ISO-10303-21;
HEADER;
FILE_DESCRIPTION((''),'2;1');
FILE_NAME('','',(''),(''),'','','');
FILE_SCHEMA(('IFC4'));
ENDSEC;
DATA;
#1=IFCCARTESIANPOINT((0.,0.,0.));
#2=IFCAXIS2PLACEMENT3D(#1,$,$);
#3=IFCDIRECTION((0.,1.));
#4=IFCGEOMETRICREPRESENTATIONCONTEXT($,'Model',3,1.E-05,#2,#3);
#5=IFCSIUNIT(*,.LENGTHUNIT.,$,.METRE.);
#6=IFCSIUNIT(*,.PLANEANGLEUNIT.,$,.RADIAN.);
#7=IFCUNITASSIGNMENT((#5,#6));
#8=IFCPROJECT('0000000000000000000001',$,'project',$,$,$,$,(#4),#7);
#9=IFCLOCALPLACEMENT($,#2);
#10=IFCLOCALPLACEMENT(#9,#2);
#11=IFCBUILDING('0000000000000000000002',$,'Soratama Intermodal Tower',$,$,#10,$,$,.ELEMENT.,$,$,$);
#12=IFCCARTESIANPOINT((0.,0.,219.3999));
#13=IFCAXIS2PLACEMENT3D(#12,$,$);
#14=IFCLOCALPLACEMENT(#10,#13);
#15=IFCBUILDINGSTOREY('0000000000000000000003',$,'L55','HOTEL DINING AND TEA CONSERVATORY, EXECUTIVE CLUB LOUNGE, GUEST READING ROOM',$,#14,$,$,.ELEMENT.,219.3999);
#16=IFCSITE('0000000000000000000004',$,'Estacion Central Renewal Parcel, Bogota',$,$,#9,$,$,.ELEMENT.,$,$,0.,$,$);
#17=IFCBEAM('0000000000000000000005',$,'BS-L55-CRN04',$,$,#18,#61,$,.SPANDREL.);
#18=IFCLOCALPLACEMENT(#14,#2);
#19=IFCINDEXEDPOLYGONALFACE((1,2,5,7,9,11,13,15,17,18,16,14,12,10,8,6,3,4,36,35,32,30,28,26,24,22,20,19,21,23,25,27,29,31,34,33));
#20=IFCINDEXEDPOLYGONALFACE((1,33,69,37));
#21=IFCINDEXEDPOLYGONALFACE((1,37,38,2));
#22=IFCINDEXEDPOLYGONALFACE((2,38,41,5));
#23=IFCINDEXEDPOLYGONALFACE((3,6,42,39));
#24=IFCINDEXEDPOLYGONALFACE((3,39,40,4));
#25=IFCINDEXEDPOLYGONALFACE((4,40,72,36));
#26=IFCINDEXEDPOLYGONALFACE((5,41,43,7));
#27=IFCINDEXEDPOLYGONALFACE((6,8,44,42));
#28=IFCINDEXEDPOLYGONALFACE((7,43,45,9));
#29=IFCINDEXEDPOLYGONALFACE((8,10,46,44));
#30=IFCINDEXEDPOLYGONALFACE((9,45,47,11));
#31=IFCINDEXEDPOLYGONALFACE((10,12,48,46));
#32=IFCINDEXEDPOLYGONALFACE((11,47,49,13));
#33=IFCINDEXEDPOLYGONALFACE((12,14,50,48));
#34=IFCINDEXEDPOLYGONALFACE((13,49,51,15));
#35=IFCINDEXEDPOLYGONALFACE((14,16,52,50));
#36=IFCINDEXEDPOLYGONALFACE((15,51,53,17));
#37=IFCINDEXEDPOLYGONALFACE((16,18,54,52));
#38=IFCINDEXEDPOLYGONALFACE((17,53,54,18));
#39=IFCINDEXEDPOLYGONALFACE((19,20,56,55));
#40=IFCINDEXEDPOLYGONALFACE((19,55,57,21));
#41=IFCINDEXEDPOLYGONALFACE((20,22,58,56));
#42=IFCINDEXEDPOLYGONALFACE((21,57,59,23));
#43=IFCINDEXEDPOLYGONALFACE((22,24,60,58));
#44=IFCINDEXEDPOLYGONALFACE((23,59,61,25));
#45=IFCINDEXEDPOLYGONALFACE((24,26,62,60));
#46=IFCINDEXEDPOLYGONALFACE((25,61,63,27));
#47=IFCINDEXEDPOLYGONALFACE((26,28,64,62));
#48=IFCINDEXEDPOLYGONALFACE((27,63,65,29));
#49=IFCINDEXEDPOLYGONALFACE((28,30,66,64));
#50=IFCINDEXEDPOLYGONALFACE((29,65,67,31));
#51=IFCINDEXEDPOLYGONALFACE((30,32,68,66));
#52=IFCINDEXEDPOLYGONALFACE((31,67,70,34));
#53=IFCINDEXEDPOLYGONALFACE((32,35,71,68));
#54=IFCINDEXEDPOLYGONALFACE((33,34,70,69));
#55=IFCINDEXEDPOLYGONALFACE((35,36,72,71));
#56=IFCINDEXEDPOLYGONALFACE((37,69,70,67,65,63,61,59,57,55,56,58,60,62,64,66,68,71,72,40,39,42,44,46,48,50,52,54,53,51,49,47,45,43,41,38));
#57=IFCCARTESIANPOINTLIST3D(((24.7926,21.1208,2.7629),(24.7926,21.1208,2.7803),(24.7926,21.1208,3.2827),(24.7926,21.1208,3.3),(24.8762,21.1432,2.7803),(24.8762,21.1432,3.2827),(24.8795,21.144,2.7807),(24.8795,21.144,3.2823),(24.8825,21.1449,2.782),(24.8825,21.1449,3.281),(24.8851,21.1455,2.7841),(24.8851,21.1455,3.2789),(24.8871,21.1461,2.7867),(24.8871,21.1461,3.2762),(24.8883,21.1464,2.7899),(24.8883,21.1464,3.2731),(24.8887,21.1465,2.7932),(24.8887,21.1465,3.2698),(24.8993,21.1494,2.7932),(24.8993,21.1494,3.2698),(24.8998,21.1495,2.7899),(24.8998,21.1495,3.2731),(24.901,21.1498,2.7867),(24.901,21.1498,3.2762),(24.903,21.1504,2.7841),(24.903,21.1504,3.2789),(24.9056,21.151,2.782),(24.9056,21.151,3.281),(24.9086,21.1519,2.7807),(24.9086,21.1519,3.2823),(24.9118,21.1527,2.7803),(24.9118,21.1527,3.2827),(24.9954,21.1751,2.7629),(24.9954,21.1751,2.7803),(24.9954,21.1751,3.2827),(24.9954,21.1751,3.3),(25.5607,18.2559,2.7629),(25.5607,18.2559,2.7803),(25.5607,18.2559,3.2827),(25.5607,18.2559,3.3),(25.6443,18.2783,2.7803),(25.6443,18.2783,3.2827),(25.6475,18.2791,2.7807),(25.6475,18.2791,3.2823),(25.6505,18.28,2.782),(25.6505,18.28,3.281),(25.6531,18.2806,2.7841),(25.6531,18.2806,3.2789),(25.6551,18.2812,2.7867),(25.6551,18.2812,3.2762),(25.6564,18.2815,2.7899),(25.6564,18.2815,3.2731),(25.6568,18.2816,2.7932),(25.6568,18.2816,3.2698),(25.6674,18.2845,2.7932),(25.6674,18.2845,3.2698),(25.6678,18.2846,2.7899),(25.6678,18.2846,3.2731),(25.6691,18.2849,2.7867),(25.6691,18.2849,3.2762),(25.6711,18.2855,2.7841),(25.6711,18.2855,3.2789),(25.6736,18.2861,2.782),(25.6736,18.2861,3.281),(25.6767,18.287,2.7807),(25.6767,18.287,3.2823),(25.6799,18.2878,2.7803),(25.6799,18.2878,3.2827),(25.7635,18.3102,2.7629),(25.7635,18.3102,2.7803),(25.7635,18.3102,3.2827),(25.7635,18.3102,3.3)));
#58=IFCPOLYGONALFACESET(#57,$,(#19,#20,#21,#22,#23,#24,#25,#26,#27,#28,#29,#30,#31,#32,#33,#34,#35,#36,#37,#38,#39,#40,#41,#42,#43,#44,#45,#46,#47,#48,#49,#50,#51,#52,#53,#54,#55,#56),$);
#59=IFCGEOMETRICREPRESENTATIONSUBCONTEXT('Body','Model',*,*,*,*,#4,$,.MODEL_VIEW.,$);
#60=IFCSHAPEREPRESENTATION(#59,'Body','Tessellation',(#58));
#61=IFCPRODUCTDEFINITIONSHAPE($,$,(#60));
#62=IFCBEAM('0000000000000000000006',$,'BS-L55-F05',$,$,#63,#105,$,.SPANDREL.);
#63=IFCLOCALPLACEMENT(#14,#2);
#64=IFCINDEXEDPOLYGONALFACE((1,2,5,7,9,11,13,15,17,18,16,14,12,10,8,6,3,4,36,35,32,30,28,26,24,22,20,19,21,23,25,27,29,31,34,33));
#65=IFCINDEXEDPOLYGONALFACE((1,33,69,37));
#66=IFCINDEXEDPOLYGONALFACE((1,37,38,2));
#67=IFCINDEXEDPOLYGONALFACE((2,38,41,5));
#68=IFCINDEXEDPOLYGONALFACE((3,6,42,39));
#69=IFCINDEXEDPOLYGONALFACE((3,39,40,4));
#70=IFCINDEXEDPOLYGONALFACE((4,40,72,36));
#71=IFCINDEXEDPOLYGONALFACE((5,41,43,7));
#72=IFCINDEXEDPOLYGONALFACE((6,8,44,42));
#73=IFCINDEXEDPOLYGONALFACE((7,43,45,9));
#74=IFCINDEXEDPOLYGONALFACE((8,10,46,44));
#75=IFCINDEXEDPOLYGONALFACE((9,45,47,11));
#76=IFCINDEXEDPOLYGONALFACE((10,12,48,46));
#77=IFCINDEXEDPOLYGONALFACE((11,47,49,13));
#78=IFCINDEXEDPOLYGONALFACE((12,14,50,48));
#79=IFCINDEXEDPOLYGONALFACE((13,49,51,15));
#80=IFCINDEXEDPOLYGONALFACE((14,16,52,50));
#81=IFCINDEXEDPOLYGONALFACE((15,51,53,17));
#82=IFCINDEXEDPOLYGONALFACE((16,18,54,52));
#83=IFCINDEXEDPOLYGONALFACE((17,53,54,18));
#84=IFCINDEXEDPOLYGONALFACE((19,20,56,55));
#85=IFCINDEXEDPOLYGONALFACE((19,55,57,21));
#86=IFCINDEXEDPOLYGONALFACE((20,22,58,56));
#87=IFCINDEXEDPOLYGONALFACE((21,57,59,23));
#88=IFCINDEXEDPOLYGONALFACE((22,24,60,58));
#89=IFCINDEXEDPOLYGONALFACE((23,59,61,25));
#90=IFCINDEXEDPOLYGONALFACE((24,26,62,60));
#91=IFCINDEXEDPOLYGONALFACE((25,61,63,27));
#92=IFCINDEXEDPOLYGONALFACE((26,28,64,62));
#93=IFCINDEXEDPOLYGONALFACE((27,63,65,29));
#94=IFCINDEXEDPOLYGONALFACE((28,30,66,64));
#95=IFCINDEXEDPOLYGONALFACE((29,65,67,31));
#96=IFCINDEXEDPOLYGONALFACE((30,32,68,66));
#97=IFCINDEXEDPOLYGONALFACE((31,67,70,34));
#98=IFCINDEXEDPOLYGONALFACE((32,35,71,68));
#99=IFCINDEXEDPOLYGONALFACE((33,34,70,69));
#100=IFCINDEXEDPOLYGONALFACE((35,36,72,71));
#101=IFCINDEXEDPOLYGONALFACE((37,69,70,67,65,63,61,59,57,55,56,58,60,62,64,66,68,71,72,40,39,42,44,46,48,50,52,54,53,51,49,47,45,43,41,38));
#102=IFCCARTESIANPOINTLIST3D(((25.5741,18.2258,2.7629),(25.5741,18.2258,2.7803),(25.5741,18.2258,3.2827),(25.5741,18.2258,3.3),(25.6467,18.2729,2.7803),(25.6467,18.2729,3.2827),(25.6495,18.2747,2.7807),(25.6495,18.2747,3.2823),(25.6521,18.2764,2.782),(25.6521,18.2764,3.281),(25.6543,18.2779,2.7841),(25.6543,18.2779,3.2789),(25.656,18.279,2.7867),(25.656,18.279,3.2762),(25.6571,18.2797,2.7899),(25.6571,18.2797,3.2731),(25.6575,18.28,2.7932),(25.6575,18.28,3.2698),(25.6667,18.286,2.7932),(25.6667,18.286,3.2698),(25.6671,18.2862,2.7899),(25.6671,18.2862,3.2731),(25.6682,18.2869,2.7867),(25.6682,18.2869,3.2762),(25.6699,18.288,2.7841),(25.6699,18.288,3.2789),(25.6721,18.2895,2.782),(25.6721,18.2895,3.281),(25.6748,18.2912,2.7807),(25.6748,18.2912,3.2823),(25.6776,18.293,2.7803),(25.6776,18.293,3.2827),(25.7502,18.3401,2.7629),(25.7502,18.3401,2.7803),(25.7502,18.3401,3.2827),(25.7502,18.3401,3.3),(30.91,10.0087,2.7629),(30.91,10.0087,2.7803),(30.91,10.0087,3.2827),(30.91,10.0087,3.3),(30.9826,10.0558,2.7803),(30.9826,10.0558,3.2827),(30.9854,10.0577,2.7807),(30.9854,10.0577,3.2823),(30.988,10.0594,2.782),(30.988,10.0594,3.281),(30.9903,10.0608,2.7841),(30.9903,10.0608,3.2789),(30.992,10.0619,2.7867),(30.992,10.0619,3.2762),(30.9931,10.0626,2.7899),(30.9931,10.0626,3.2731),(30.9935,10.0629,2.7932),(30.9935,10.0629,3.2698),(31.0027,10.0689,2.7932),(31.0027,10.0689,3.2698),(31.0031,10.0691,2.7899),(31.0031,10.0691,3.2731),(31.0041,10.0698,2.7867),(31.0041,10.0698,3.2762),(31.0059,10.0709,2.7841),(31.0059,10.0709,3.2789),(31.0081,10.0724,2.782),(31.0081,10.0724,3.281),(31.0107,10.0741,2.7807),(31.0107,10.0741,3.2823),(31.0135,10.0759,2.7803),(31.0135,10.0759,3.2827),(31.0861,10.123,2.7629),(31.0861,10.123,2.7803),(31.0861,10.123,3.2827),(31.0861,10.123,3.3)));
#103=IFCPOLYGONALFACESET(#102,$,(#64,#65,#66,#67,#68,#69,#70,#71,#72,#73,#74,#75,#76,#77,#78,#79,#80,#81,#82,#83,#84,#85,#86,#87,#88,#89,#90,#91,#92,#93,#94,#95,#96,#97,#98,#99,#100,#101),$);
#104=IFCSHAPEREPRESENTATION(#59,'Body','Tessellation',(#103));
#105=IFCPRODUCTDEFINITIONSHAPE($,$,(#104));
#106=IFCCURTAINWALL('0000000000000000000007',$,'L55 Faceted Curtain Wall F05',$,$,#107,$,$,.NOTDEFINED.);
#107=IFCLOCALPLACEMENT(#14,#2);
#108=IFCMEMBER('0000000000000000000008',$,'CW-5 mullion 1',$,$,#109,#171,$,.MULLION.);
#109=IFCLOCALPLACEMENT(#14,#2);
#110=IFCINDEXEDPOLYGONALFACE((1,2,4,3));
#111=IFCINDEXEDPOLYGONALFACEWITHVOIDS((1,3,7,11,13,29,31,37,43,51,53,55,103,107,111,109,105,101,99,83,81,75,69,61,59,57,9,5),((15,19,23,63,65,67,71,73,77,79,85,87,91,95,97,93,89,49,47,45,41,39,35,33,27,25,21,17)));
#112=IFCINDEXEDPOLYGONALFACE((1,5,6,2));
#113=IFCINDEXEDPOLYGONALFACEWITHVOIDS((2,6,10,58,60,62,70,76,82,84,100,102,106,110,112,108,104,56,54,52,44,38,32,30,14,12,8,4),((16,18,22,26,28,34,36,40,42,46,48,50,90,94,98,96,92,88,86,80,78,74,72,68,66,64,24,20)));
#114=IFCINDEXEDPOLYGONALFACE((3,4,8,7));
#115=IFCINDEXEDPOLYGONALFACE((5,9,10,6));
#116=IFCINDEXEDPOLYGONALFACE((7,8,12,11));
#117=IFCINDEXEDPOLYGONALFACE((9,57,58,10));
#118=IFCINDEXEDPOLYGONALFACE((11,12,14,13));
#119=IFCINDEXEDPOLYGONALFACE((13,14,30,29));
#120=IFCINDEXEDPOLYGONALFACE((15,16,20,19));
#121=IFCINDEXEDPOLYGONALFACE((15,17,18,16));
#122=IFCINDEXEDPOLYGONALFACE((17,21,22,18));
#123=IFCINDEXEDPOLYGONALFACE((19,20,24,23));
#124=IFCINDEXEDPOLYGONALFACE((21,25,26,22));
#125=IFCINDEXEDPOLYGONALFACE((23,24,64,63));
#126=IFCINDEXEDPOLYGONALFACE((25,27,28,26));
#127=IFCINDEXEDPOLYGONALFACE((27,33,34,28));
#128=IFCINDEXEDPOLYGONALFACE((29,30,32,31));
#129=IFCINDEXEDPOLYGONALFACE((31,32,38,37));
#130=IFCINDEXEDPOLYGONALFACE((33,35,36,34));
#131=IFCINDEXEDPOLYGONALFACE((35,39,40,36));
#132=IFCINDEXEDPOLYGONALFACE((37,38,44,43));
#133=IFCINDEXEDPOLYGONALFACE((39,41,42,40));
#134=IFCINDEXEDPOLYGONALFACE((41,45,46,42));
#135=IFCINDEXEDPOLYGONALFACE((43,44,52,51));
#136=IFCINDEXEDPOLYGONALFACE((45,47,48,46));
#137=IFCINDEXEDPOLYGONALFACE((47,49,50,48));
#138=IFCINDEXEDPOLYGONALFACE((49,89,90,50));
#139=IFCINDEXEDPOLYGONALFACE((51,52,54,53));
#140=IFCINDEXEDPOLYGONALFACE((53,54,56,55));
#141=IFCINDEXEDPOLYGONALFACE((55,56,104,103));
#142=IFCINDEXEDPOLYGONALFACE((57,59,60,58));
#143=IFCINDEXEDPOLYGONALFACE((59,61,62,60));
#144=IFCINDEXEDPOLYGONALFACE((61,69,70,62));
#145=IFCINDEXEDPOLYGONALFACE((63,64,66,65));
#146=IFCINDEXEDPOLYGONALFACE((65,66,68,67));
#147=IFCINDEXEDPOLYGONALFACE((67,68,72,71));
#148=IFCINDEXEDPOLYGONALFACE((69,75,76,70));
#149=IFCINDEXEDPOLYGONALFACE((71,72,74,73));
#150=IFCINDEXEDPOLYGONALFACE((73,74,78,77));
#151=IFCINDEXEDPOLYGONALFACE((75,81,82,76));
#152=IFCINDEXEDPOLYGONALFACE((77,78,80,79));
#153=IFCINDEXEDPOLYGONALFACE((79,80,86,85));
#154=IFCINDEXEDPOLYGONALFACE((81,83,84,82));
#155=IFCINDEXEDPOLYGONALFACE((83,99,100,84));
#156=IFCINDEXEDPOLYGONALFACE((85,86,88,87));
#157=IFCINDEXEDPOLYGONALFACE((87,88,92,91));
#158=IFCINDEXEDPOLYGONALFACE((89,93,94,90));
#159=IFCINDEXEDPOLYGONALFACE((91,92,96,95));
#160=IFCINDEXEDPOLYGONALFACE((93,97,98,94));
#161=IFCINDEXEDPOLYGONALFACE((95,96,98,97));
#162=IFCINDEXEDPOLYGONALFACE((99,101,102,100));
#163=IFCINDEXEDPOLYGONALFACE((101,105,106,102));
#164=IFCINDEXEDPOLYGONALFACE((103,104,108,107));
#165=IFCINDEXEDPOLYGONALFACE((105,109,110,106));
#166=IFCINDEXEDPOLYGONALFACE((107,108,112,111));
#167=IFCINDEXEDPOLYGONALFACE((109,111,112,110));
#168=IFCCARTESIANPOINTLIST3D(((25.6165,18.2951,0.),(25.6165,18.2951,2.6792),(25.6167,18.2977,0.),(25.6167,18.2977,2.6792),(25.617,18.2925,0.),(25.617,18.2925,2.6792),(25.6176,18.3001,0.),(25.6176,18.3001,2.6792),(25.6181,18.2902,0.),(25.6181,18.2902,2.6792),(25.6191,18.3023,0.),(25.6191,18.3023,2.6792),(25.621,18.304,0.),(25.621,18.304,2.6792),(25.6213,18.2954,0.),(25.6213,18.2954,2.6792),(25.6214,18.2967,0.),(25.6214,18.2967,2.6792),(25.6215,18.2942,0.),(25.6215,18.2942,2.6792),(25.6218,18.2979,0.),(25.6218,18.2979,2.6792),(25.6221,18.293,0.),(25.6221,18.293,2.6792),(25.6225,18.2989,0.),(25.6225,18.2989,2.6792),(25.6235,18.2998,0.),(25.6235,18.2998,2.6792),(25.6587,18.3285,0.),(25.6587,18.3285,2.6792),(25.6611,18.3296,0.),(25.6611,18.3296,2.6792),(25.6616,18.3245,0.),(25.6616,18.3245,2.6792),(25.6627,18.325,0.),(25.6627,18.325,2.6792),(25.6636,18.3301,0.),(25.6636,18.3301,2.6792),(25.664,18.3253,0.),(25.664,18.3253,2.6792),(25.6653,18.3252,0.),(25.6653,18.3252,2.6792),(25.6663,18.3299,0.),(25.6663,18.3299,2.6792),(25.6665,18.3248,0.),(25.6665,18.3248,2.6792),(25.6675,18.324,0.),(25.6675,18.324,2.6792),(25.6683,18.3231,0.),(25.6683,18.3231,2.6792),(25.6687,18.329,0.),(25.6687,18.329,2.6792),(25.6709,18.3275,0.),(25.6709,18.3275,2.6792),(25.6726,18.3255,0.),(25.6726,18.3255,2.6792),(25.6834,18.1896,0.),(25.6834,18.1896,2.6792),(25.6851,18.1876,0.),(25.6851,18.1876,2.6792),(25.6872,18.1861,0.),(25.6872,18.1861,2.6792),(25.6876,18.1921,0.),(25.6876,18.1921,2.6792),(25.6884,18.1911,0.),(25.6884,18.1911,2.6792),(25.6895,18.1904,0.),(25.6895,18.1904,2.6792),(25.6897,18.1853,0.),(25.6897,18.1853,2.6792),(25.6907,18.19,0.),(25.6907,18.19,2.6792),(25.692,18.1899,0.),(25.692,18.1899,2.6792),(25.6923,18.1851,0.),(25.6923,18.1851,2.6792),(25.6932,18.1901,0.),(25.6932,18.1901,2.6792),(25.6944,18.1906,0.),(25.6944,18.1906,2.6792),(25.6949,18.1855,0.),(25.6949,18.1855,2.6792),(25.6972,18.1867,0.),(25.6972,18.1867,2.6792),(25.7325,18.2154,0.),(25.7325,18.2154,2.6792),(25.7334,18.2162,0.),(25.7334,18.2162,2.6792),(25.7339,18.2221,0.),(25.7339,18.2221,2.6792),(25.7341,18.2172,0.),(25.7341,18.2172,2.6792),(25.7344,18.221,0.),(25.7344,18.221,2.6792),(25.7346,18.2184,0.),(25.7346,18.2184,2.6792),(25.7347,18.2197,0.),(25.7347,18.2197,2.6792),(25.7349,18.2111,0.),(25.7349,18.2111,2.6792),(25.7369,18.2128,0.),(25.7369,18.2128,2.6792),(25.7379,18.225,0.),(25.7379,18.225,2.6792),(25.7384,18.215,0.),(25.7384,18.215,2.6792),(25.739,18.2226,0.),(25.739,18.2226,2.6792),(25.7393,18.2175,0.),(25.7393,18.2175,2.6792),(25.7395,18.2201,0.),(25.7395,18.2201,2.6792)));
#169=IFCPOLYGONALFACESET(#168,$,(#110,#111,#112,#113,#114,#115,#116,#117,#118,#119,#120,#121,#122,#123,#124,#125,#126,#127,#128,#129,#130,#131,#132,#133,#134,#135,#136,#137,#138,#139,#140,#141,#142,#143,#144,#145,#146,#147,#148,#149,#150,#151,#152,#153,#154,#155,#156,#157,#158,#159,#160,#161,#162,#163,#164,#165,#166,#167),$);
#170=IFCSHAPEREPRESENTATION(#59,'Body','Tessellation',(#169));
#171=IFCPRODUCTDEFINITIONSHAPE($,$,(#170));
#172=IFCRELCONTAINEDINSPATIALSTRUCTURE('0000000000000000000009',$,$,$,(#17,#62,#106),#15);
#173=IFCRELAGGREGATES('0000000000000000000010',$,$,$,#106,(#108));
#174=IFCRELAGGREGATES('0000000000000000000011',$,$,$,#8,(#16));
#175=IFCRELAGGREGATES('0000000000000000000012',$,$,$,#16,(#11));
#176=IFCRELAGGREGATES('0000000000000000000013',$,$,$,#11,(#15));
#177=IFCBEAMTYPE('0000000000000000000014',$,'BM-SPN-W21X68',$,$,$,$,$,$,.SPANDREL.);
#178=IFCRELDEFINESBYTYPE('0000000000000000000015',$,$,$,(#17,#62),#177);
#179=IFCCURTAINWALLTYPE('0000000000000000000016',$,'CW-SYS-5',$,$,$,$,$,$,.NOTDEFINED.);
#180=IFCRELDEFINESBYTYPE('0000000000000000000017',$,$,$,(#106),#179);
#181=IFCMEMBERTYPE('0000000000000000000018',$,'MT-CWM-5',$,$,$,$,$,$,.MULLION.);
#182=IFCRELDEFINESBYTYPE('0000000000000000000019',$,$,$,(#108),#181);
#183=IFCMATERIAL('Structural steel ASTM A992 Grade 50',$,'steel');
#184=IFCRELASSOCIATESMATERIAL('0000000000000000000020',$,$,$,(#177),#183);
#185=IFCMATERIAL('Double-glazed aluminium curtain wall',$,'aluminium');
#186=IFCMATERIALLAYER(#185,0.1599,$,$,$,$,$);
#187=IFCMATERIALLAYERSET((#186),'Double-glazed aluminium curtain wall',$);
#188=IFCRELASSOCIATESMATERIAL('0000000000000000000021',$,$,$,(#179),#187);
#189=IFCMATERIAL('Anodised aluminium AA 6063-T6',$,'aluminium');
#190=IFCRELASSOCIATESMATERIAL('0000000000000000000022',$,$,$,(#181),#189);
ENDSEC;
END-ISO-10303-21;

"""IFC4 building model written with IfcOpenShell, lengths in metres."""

from ifc_helpers import new_model, si_unit, direction, frame, origin, origin_2d, place, context, subcontext, project, spatial, hollow_rectangle, i_section, extrude, material, layer, layer_set, material_profile, profile_set, type_object, element, aggregate, save


model = new_model("IFC4")

# Units and contexts
model_context = context("Model", 3, precision=1e-05, world=origin(), true_north=direction((0.0, 1.0)))
body_context = subcontext(model_context, "Body", "Model", "MODEL_VIEW")
ifc_project = project(units=[si_unit("LENGTHUNIT", "METRE"), si_unit("PLANEANGLEUNIT", "RADIAN")], contexts=[model_context])

# Site, building, storey
site_placement = place(None, origin())
site = spatial("IfcSite", under=ifc_project, at=site_placement, Name="Estacion Central Renewal Parcel, Bogota", CompositionType="ELEMENT", RefElevation=0.0)
building_placement = place(site_placement, origin())
building = spatial("IfcBuilding", under=site, at=building_placement, Name="Soratama Intermodal Tower", CompositionType="ELEMENT")
storey_placement = place(building_placement, frame((0.0, 0.0, 219.3999)))
storey = spatial("IfcBuildingStorey", under=building, at=storey_placement, Name="L55", Description="HOTEL DINING AND TEA CONSERVATORY, EXECUTIVE CLUB LOUNGE, GUEST READING ROOM", CompositionType="ELEMENT", Elevation=219.3999)

# Beams
ifc_material_1 = material(Name="Structural steel ASTM A992 Grade 50", Category="steel")
ifc_material_profile_1 = material_profile(ifc_material_1, i_section(OverallWidth=0.21, OverallDepth=0.5371, WebThickness=0.011, FlangeThickness=0.0173, FilletRadius=0.0129, at=origin_2d()), Name="W21X68")
ifc_profile_set_1 = profile_set([ifc_material_profile_1], Name="Structural steel ASTM A992 Grade 50")
beam_type = type_object("IfcBeamType", Name="BM-SPN-W21X68", PredefinedType="SPANDREL", material=ifc_profile_set_1)
beam_1_placement = place(storey_placement, frame((24.894, 21.1479, 3.0315), z_axis=(0.258943, -0.965893, 0.0), x_axis=(0.965893, 0.258943, 0.0)))
element("IfcBeam", 1, at=beam_1_placement, inside=storey, type_object=beam_type, Name="BS-L55-CRN04", PredefinedType="SPANDREL", context=body_context, shape_type="SweptSolid", body=[
    extrude(i_section(OverallWidth=0.21, OverallDepth=0.5371, WebThickness=0.011, FlangeThickness=0.0173, FilletRadius=0.0129, at=origin_2d()), origin(), (0.0, 0.0, 1.0), 2.9661),
])
beam_2_placement = place(storey_placement, frame((25.6621, 18.283, 3.0315), z_axis=(0.54462, -0.838683, 0.0), x_axis=(0.838683, 0.54462, 0.0)))
element("IfcBeam", 2, at=beam_2_placement, inside=storey, type_object=beam_type, Name="BS-L55-F05", PredefinedType="SPANDREL", context=body_context, shape_type="SweptSolid", body=[
    extrude(i_section(OverallWidth=0.21, OverallDepth=0.5371, WebThickness=0.011, FlangeThickness=0.0173, FilletRadius=0.0129, at=origin_2d()), origin(), (0.0, 0.0, 1.0), 9.7976),
])

# Curtain wall, member
ifc_material_2 = material(Name="Double-glazed aluminium curtain wall", Category="aluminium")
ifc_layer_1 = layer(ifc_material_2, 0.1599)
ifc_layer_set_1 = layer_set([ifc_layer_1], Name="Double-glazed aluminium curtain wall")
curtain_wall_type = type_object("IfcCurtainWallType", Name="CW-SYS-5", PredefinedType="NOTDEFINED", material=ifc_layer_set_1)
curtain_wall_placement = place(storey_placement, origin())
curtain_wall = element("IfcCurtainWall", 3, at=curtain_wall_placement, inside=storey, type_object=curtain_wall_type, Name="L55 Faceted Curtain Wall F05", PredefinedType="NOTDEFINED")
ifc_material_3 = material(Name="Anodised aluminium AA 6063-T6", Category="aluminium")
ifc_material_profile_2 = material_profile(ifc_material_3, hollow_rectangle(XDim=0.0649, YDim=0.1399, WallThickness=0.0049, InnerFilletRadius=0.0049, OuterFilletRadius=0.01, at=origin_2d()), Name="CWM140X65X5")
ifc_profile_set_2 = profile_set([ifc_material_profile_2], Name="Anodised aluminium AA 6063-T6")
member_type_1 = type_object("IfcMemberType", Name="MT-CWM-5", PredefinedType="MULLION", material=ifc_profile_set_2)
member_1_placement = place(storey_placement, frame((25.678, 18.2576, 0.0), z_axis=(0.0, 0.0, 1.0), x_axis=(0.83867, 0.54464, 0.0)))
member_1 = element("IfcMember", 4, at=member_1_placement, type_object=member_type_1, Name="CW-5 mullion 1", PredefinedType="MULLION", context=body_context, shape_type="SweptSolid", body=[
    extrude(hollow_rectangle(XDim=0.0649, YDim=0.1399, WallThickness=0.0049, InnerFilletRadius=0.0049, OuterFilletRadius=0.01, at=origin_2d()), origin(), (0.0, 0.0, 1.0), 2.6792),
])
aggregate(curtain_wall, [member_1])

save(model, "model.ifc")
